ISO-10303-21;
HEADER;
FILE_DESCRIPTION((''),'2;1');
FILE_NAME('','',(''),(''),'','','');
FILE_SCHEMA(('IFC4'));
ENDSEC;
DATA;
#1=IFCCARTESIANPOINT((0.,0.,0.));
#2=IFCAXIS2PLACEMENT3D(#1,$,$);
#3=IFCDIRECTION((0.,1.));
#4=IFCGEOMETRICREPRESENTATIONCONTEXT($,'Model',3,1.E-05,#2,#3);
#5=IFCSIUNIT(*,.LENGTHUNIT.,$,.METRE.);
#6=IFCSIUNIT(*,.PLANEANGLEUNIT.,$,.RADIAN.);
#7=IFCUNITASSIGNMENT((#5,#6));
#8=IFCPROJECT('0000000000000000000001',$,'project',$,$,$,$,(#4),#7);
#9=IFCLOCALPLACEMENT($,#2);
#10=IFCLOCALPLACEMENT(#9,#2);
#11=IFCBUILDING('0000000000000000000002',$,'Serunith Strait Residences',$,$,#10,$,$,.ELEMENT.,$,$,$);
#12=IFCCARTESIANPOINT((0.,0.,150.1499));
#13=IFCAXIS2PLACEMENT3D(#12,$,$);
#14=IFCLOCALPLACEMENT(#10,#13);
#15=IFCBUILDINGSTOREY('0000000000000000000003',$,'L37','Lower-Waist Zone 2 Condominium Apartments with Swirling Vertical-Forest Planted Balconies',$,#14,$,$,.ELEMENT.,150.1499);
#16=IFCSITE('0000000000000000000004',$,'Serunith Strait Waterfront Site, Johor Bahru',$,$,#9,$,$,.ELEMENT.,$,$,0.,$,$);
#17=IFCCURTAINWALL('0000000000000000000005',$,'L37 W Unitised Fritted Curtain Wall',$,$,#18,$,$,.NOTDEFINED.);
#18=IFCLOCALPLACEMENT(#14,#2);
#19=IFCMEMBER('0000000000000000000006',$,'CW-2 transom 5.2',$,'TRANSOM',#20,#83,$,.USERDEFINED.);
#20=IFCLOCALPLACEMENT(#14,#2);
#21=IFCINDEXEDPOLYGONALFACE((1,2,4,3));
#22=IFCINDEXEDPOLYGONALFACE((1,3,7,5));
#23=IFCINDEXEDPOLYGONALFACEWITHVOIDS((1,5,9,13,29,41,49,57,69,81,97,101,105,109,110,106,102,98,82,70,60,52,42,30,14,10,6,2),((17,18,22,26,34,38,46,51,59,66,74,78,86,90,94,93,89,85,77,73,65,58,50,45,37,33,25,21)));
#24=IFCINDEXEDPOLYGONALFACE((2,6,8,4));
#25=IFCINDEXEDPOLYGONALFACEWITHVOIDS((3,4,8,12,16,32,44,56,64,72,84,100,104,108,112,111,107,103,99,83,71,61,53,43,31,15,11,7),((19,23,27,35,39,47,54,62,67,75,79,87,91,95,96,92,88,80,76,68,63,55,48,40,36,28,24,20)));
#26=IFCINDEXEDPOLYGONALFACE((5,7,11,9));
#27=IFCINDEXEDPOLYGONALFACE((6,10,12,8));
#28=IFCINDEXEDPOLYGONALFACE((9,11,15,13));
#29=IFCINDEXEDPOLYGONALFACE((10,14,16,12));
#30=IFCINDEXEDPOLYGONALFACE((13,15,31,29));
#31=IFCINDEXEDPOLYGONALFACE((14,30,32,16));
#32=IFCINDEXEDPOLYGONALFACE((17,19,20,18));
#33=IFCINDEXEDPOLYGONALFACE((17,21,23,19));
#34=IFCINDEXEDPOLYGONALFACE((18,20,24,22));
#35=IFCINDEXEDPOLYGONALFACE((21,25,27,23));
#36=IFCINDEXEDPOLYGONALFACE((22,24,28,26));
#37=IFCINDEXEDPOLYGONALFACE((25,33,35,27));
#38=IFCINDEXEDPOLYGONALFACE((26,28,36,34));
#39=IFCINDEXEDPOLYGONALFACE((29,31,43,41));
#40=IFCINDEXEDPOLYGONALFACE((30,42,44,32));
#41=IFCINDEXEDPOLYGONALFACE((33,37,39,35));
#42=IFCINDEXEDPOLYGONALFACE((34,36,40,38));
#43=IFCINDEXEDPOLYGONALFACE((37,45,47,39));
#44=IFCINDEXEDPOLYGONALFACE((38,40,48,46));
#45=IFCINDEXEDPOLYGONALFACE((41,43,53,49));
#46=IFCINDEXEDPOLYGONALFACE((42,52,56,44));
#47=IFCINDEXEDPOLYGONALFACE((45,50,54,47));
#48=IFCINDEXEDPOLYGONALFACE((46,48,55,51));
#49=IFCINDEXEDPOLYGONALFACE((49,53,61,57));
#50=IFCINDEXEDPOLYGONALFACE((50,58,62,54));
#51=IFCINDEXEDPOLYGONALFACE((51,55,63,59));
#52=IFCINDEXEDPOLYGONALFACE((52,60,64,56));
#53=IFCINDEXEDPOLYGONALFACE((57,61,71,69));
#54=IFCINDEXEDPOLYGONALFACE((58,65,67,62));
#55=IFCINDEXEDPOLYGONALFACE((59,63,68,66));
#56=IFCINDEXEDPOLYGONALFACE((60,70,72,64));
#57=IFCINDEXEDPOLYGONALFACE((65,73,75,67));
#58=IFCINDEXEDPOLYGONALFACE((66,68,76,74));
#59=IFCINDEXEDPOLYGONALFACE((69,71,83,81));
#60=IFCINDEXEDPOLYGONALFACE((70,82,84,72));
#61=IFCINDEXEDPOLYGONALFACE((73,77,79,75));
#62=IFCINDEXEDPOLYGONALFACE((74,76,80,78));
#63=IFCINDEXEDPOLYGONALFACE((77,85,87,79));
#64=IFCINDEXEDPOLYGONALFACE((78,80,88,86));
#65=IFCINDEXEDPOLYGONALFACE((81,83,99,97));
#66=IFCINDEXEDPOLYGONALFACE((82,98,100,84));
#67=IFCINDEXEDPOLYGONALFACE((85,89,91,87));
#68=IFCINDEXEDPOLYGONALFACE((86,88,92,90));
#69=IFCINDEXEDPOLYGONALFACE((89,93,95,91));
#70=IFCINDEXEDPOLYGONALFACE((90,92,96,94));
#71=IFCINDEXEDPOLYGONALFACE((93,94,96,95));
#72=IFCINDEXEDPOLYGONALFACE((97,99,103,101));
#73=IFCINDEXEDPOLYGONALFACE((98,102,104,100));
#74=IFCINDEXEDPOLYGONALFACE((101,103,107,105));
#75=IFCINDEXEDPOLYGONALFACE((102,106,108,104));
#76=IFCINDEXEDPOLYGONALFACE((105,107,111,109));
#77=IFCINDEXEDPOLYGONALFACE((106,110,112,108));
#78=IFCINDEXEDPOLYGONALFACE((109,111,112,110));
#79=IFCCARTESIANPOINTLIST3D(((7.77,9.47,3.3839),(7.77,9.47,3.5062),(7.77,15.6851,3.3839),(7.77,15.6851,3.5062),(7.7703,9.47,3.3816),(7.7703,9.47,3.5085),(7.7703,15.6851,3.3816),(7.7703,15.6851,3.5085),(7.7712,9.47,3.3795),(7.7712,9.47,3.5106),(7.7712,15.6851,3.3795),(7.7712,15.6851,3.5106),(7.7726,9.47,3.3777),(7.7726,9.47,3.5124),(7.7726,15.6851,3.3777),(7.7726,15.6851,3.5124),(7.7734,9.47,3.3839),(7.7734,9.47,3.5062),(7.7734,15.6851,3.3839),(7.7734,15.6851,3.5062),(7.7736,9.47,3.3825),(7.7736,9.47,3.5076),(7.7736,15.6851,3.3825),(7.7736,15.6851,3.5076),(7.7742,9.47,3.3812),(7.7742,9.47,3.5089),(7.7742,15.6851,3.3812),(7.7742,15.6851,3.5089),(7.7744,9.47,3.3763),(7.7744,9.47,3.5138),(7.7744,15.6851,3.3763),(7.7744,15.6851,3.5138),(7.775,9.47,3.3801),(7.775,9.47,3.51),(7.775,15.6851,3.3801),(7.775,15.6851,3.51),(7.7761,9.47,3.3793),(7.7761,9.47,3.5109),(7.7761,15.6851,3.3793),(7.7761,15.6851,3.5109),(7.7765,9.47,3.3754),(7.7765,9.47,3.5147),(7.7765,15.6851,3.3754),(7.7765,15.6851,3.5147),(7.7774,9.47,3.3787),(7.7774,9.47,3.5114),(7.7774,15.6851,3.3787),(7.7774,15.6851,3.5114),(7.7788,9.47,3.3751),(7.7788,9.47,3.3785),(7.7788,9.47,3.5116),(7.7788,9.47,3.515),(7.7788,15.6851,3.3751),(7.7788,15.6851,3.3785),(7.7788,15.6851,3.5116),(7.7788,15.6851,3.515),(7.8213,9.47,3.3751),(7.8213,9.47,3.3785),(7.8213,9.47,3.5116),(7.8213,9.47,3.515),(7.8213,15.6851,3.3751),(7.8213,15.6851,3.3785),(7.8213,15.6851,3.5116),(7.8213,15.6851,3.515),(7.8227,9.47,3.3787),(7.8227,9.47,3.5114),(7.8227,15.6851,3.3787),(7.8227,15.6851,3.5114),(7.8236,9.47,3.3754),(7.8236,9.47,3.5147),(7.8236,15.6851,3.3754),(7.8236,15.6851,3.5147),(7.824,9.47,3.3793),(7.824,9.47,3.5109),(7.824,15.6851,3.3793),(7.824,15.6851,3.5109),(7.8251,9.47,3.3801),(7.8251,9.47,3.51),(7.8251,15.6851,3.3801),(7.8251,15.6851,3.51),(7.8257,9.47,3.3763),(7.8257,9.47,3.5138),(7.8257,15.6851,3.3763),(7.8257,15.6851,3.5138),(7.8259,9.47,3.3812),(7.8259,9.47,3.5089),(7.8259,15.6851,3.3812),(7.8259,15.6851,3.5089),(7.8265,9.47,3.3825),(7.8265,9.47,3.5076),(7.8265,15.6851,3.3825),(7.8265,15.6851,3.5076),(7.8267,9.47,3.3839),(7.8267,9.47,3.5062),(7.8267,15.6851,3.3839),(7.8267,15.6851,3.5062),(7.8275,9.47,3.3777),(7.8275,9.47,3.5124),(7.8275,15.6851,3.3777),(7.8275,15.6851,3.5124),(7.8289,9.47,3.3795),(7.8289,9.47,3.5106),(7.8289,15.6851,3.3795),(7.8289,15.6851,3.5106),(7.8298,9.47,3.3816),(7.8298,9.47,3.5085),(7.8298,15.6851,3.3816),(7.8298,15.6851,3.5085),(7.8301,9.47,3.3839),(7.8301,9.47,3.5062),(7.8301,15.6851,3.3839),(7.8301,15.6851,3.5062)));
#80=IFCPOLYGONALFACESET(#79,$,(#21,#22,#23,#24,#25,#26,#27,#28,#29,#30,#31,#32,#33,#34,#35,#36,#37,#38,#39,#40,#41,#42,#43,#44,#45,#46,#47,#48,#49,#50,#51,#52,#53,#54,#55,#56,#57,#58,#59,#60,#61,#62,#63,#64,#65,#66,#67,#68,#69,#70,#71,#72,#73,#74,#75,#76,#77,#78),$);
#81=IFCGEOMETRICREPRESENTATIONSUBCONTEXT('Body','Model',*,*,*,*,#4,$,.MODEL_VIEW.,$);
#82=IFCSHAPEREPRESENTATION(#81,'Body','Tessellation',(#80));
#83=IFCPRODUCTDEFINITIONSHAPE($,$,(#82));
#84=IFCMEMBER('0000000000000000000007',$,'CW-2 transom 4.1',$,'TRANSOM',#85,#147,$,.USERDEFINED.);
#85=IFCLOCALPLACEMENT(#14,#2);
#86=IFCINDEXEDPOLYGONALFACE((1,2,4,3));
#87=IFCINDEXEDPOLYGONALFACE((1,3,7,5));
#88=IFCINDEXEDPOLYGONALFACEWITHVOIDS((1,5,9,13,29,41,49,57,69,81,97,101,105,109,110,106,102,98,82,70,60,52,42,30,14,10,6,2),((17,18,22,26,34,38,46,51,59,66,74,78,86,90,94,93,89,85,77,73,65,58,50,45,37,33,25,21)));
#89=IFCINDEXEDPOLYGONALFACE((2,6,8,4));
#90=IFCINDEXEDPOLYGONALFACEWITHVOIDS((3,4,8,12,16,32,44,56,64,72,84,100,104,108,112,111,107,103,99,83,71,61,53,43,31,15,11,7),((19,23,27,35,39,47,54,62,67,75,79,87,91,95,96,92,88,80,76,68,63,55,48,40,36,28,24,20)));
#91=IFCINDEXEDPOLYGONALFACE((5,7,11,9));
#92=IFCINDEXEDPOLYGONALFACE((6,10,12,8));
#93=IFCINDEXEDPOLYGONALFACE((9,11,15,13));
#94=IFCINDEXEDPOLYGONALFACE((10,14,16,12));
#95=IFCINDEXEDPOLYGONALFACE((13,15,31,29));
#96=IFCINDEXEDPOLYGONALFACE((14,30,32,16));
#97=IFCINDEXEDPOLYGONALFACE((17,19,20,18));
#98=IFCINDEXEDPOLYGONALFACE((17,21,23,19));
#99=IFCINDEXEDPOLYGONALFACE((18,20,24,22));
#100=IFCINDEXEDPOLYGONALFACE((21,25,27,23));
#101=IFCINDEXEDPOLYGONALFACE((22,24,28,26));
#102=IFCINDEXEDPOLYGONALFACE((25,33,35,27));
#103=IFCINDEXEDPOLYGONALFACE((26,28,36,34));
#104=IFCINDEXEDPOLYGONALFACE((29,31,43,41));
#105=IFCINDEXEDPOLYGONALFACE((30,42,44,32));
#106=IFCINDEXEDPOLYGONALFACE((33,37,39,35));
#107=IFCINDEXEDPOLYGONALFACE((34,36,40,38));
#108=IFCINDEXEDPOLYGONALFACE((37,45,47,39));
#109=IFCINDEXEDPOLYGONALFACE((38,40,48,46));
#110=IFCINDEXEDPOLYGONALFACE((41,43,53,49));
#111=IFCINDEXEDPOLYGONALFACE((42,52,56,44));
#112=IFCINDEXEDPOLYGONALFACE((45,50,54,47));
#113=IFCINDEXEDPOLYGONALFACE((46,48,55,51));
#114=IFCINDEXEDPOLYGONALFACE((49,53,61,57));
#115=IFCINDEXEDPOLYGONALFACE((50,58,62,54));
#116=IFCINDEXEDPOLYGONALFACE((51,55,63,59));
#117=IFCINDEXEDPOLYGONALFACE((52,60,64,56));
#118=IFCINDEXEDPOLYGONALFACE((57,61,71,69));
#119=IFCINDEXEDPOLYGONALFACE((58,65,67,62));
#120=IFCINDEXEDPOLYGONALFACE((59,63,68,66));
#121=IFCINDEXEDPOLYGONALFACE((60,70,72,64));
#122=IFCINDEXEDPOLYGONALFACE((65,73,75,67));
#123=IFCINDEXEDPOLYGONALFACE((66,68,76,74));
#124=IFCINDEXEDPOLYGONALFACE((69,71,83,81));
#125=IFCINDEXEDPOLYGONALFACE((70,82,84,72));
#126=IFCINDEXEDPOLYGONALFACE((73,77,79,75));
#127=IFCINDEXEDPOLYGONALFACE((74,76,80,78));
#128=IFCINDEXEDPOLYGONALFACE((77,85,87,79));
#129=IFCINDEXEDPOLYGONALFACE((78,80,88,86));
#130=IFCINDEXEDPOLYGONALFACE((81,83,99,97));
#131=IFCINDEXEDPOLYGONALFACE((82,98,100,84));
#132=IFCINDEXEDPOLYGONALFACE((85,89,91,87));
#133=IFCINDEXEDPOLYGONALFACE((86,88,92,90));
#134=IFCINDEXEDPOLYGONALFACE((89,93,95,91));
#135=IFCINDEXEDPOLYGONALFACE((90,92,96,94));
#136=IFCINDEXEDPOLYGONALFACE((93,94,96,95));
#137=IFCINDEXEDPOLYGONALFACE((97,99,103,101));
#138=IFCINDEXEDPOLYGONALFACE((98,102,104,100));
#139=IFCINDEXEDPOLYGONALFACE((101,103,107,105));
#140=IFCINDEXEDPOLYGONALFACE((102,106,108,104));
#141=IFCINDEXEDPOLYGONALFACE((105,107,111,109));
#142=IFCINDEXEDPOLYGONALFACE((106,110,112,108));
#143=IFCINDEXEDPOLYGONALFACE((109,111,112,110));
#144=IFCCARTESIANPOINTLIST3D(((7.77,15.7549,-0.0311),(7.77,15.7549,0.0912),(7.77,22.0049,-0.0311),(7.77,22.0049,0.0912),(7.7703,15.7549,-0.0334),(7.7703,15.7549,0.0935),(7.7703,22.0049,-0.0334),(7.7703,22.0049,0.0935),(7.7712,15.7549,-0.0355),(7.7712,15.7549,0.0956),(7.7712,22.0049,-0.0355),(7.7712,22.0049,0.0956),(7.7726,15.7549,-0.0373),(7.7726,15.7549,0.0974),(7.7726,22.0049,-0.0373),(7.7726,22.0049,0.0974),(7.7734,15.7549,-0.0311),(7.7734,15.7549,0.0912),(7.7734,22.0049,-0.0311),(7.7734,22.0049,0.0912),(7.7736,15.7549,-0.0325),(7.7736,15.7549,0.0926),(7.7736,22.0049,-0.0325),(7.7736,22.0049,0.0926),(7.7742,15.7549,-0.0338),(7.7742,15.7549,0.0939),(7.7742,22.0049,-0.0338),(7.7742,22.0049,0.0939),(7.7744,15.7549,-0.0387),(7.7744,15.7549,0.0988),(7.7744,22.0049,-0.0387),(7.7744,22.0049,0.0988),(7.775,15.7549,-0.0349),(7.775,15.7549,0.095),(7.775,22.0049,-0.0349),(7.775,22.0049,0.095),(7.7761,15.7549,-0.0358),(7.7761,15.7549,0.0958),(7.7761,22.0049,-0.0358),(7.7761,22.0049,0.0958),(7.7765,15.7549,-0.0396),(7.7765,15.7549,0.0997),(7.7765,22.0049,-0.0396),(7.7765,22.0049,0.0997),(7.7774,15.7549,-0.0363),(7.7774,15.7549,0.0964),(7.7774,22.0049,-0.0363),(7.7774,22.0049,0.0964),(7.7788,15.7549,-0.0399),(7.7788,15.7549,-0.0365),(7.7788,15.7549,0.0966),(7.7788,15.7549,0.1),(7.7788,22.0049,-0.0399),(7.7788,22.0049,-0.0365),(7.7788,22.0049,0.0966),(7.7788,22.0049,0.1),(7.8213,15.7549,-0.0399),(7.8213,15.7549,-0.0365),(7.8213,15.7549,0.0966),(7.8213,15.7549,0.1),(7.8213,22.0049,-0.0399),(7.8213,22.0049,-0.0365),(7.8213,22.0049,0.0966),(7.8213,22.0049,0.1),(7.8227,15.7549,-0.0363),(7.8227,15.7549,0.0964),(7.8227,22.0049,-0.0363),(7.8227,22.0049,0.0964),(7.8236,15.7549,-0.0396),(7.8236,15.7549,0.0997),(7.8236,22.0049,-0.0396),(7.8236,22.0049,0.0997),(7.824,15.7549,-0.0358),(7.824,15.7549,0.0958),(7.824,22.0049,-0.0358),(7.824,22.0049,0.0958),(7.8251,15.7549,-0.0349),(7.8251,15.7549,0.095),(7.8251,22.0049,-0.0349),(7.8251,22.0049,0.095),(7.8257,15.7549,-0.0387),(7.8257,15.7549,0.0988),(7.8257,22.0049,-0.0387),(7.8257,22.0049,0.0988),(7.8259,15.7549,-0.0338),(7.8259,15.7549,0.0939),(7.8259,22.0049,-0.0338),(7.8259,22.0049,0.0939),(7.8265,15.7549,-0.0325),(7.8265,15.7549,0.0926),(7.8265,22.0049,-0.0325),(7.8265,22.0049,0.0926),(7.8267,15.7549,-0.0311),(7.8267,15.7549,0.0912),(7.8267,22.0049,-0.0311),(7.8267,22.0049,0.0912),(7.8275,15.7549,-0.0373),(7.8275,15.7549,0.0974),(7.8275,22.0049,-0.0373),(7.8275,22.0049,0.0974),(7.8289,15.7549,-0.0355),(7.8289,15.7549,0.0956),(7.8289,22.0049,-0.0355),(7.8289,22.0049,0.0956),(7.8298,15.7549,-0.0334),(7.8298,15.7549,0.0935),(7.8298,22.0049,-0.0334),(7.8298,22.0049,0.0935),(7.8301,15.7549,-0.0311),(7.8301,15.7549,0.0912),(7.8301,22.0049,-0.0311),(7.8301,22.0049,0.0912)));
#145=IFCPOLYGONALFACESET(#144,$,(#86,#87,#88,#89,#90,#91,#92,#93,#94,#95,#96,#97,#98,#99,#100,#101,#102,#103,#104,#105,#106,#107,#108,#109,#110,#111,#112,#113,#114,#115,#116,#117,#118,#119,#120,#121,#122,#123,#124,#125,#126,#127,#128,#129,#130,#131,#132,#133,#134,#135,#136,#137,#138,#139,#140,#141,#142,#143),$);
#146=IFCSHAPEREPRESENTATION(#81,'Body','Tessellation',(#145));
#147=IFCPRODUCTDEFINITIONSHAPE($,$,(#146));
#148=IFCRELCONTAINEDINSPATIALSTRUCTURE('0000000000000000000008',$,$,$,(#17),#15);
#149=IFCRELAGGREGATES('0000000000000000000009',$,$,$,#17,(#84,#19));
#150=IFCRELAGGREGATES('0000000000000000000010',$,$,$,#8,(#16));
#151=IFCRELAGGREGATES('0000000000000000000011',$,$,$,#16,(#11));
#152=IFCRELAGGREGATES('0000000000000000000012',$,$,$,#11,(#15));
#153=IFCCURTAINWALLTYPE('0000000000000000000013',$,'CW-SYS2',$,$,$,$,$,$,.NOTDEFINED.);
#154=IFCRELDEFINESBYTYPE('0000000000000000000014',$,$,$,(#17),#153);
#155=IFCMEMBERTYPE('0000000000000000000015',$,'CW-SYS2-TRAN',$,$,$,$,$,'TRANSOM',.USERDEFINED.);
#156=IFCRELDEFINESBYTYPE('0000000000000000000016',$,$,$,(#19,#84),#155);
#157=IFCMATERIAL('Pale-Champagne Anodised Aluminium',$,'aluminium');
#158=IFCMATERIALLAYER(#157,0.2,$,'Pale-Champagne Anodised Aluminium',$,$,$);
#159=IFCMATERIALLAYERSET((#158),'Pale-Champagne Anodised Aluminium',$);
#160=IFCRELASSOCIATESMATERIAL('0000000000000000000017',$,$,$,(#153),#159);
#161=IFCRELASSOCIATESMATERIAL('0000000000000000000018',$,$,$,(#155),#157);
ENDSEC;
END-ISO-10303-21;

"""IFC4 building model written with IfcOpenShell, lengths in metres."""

from ifc_helpers import new_model, si_unit, direction, frame, origin, origin_2d, place, context, subcontext, project, spatial, hollow_rectangle, extrude, source, transform, mapped, material, layer, layer_set, material_profile, profile_set, type_object, element, aggregate, save


model = new_model("IFC4")

# Units and contexts
model_context = context("Model", 3, precision=1e-05, world=origin(), true_north=direction((0.0, 1.0)))
body_context = subcontext(model_context, "Body", "Model", "MODEL_VIEW")
ifc_project = project(units=[si_unit("LENGTHUNIT", "METRE"), si_unit("PLANEANGLEUNIT", "RADIAN")], contexts=[model_context])

# Site, building, storey
site_placement = place(None, origin())
site = spatial("IfcSite", under=ifc_project, at=site_placement, Name="Serunith Strait Waterfront Site, Johor Bahru", CompositionType="ELEMENT", RefElevation=0.0)
building_placement = place(site_placement, origin())
building = spatial("IfcBuilding", under=site, at=building_placement, Name="Serunith Strait Residences", CompositionType="ELEMENT")
storey_placement = place(building_placement, frame((0.0, 0.0, 150.1499)))
storey = spatial("IfcBuildingStorey", under=building, at=storey_placement, Name="L37", Description="Lower-Waist Zone 2 Condominium Apartments with Swirling Vertical-Forest Planted Balconies", CompositionType="ELEMENT", Elevation=150.1499)

# Curtain wall, members
ifc_material_1 = material(Name="Pale-Champagne Anodised Aluminium", Category="aluminium")
ifc_layer_1 = layer(ifc_material_1, 0.2, Name="Pale-Champagne Anodised Aluminium")
ifc_layer_set_1 = layer_set([ifc_layer_1], Name="Pale-Champagne Anodised Aluminium")
curtain_wall_type = type_object("IfcCurtainWallType", Name="CW-SYS2", PredefinedType="NOTDEFINED", material=ifc_layer_set_1)
curtain_wall_placement = place(storey_placement, origin())
curtain_wall = element("IfcCurtainWall", 1, at=curtain_wall_placement, inside=storey, type_object=curtain_wall_type, Name="L37 W Unitised Fritted Curtain Wall", PredefinedType="NOTDEFINED")
ifc_material_profile_1 = material_profile(ifc_material_1, hollow_rectangle(XDim=0.0601, YDim=0.1399, WallThickness=0.0034, InnerFilletRadius=0.0054, OuterFilletRadius=0.0088, at=origin_2d()), Name="ALU 140x60x3.5")
ifc_profile_set_1 = profile_set([ifc_material_profile_1], Name="Pale-Champagne Anodised Aluminium")
member_type_1 = type_object("IfcMemberType", Name="CW-SYS2-TRAN", ElementType="TRANSOM", PredefinedType="USERDEFINED", material=ifc_profile_set_1)
shared_shape_1 = source(origin(), body_context, "Body", "SweptSolid", [
    extrude(hollow_rectangle(XDim=0.0601, YDim=0.1399, WallThickness=0.0034, InnerFilletRadius=0.0054, OuterFilletRadius=0.0088, at=origin_2d()), origin(), (0.0, 0.0, 1.0), 6.2151),
])
member_1_placement = place(storey_placement, frame((7.8, 15.6851, 3.4451), z_axis=(0.0, -1.0, 0.0), x_axis=(1.0, 0.0, 0.0)))
member_1 = element("IfcMember", 2, at=member_1_placement, type_object=member_type_1, Name="CW-2 transom 5.2", ObjectType="TRANSOM", PredefinedType="USERDEFINED", context=body_context, shape_type="MappedRepresentation", body=[
    mapped(shared_shape_1, transform((0.0, 0.0, 0.0), scale=1.0)),
])
shared_shape_2 = source(origin(), body_context, "Body", "SweptSolid", [
    extrude(hollow_rectangle(XDim=0.0601, YDim=0.1399, WallThickness=0.0034, InnerFilletRadius=0.0054, OuterFilletRadius=0.0088, at=origin_2d()), origin(), (0.0, 0.0, 1.0), 6.25),
])
member_2_placement = place(storey_placement, frame((7.8, 22.0049, 0.03), z_axis=(0.0, -1.0, 0.0), x_axis=(1.0, 0.0, 0.0)))
member_2 = element("IfcMember", 3, at=member_2_placement, type_object=member_type_1, Name="CW-2 transom 4.1", ObjectType="TRANSOM", PredefinedType="USERDEFINED", context=body_context, shape_type="MappedRepresentation", body=[
    mapped(shared_shape_2, transform((0.0, 0.0, 0.0), scale=1.0)),
])
aggregate(curtain_wall, [member_2, member_1])

save(model, "model.ifc")
